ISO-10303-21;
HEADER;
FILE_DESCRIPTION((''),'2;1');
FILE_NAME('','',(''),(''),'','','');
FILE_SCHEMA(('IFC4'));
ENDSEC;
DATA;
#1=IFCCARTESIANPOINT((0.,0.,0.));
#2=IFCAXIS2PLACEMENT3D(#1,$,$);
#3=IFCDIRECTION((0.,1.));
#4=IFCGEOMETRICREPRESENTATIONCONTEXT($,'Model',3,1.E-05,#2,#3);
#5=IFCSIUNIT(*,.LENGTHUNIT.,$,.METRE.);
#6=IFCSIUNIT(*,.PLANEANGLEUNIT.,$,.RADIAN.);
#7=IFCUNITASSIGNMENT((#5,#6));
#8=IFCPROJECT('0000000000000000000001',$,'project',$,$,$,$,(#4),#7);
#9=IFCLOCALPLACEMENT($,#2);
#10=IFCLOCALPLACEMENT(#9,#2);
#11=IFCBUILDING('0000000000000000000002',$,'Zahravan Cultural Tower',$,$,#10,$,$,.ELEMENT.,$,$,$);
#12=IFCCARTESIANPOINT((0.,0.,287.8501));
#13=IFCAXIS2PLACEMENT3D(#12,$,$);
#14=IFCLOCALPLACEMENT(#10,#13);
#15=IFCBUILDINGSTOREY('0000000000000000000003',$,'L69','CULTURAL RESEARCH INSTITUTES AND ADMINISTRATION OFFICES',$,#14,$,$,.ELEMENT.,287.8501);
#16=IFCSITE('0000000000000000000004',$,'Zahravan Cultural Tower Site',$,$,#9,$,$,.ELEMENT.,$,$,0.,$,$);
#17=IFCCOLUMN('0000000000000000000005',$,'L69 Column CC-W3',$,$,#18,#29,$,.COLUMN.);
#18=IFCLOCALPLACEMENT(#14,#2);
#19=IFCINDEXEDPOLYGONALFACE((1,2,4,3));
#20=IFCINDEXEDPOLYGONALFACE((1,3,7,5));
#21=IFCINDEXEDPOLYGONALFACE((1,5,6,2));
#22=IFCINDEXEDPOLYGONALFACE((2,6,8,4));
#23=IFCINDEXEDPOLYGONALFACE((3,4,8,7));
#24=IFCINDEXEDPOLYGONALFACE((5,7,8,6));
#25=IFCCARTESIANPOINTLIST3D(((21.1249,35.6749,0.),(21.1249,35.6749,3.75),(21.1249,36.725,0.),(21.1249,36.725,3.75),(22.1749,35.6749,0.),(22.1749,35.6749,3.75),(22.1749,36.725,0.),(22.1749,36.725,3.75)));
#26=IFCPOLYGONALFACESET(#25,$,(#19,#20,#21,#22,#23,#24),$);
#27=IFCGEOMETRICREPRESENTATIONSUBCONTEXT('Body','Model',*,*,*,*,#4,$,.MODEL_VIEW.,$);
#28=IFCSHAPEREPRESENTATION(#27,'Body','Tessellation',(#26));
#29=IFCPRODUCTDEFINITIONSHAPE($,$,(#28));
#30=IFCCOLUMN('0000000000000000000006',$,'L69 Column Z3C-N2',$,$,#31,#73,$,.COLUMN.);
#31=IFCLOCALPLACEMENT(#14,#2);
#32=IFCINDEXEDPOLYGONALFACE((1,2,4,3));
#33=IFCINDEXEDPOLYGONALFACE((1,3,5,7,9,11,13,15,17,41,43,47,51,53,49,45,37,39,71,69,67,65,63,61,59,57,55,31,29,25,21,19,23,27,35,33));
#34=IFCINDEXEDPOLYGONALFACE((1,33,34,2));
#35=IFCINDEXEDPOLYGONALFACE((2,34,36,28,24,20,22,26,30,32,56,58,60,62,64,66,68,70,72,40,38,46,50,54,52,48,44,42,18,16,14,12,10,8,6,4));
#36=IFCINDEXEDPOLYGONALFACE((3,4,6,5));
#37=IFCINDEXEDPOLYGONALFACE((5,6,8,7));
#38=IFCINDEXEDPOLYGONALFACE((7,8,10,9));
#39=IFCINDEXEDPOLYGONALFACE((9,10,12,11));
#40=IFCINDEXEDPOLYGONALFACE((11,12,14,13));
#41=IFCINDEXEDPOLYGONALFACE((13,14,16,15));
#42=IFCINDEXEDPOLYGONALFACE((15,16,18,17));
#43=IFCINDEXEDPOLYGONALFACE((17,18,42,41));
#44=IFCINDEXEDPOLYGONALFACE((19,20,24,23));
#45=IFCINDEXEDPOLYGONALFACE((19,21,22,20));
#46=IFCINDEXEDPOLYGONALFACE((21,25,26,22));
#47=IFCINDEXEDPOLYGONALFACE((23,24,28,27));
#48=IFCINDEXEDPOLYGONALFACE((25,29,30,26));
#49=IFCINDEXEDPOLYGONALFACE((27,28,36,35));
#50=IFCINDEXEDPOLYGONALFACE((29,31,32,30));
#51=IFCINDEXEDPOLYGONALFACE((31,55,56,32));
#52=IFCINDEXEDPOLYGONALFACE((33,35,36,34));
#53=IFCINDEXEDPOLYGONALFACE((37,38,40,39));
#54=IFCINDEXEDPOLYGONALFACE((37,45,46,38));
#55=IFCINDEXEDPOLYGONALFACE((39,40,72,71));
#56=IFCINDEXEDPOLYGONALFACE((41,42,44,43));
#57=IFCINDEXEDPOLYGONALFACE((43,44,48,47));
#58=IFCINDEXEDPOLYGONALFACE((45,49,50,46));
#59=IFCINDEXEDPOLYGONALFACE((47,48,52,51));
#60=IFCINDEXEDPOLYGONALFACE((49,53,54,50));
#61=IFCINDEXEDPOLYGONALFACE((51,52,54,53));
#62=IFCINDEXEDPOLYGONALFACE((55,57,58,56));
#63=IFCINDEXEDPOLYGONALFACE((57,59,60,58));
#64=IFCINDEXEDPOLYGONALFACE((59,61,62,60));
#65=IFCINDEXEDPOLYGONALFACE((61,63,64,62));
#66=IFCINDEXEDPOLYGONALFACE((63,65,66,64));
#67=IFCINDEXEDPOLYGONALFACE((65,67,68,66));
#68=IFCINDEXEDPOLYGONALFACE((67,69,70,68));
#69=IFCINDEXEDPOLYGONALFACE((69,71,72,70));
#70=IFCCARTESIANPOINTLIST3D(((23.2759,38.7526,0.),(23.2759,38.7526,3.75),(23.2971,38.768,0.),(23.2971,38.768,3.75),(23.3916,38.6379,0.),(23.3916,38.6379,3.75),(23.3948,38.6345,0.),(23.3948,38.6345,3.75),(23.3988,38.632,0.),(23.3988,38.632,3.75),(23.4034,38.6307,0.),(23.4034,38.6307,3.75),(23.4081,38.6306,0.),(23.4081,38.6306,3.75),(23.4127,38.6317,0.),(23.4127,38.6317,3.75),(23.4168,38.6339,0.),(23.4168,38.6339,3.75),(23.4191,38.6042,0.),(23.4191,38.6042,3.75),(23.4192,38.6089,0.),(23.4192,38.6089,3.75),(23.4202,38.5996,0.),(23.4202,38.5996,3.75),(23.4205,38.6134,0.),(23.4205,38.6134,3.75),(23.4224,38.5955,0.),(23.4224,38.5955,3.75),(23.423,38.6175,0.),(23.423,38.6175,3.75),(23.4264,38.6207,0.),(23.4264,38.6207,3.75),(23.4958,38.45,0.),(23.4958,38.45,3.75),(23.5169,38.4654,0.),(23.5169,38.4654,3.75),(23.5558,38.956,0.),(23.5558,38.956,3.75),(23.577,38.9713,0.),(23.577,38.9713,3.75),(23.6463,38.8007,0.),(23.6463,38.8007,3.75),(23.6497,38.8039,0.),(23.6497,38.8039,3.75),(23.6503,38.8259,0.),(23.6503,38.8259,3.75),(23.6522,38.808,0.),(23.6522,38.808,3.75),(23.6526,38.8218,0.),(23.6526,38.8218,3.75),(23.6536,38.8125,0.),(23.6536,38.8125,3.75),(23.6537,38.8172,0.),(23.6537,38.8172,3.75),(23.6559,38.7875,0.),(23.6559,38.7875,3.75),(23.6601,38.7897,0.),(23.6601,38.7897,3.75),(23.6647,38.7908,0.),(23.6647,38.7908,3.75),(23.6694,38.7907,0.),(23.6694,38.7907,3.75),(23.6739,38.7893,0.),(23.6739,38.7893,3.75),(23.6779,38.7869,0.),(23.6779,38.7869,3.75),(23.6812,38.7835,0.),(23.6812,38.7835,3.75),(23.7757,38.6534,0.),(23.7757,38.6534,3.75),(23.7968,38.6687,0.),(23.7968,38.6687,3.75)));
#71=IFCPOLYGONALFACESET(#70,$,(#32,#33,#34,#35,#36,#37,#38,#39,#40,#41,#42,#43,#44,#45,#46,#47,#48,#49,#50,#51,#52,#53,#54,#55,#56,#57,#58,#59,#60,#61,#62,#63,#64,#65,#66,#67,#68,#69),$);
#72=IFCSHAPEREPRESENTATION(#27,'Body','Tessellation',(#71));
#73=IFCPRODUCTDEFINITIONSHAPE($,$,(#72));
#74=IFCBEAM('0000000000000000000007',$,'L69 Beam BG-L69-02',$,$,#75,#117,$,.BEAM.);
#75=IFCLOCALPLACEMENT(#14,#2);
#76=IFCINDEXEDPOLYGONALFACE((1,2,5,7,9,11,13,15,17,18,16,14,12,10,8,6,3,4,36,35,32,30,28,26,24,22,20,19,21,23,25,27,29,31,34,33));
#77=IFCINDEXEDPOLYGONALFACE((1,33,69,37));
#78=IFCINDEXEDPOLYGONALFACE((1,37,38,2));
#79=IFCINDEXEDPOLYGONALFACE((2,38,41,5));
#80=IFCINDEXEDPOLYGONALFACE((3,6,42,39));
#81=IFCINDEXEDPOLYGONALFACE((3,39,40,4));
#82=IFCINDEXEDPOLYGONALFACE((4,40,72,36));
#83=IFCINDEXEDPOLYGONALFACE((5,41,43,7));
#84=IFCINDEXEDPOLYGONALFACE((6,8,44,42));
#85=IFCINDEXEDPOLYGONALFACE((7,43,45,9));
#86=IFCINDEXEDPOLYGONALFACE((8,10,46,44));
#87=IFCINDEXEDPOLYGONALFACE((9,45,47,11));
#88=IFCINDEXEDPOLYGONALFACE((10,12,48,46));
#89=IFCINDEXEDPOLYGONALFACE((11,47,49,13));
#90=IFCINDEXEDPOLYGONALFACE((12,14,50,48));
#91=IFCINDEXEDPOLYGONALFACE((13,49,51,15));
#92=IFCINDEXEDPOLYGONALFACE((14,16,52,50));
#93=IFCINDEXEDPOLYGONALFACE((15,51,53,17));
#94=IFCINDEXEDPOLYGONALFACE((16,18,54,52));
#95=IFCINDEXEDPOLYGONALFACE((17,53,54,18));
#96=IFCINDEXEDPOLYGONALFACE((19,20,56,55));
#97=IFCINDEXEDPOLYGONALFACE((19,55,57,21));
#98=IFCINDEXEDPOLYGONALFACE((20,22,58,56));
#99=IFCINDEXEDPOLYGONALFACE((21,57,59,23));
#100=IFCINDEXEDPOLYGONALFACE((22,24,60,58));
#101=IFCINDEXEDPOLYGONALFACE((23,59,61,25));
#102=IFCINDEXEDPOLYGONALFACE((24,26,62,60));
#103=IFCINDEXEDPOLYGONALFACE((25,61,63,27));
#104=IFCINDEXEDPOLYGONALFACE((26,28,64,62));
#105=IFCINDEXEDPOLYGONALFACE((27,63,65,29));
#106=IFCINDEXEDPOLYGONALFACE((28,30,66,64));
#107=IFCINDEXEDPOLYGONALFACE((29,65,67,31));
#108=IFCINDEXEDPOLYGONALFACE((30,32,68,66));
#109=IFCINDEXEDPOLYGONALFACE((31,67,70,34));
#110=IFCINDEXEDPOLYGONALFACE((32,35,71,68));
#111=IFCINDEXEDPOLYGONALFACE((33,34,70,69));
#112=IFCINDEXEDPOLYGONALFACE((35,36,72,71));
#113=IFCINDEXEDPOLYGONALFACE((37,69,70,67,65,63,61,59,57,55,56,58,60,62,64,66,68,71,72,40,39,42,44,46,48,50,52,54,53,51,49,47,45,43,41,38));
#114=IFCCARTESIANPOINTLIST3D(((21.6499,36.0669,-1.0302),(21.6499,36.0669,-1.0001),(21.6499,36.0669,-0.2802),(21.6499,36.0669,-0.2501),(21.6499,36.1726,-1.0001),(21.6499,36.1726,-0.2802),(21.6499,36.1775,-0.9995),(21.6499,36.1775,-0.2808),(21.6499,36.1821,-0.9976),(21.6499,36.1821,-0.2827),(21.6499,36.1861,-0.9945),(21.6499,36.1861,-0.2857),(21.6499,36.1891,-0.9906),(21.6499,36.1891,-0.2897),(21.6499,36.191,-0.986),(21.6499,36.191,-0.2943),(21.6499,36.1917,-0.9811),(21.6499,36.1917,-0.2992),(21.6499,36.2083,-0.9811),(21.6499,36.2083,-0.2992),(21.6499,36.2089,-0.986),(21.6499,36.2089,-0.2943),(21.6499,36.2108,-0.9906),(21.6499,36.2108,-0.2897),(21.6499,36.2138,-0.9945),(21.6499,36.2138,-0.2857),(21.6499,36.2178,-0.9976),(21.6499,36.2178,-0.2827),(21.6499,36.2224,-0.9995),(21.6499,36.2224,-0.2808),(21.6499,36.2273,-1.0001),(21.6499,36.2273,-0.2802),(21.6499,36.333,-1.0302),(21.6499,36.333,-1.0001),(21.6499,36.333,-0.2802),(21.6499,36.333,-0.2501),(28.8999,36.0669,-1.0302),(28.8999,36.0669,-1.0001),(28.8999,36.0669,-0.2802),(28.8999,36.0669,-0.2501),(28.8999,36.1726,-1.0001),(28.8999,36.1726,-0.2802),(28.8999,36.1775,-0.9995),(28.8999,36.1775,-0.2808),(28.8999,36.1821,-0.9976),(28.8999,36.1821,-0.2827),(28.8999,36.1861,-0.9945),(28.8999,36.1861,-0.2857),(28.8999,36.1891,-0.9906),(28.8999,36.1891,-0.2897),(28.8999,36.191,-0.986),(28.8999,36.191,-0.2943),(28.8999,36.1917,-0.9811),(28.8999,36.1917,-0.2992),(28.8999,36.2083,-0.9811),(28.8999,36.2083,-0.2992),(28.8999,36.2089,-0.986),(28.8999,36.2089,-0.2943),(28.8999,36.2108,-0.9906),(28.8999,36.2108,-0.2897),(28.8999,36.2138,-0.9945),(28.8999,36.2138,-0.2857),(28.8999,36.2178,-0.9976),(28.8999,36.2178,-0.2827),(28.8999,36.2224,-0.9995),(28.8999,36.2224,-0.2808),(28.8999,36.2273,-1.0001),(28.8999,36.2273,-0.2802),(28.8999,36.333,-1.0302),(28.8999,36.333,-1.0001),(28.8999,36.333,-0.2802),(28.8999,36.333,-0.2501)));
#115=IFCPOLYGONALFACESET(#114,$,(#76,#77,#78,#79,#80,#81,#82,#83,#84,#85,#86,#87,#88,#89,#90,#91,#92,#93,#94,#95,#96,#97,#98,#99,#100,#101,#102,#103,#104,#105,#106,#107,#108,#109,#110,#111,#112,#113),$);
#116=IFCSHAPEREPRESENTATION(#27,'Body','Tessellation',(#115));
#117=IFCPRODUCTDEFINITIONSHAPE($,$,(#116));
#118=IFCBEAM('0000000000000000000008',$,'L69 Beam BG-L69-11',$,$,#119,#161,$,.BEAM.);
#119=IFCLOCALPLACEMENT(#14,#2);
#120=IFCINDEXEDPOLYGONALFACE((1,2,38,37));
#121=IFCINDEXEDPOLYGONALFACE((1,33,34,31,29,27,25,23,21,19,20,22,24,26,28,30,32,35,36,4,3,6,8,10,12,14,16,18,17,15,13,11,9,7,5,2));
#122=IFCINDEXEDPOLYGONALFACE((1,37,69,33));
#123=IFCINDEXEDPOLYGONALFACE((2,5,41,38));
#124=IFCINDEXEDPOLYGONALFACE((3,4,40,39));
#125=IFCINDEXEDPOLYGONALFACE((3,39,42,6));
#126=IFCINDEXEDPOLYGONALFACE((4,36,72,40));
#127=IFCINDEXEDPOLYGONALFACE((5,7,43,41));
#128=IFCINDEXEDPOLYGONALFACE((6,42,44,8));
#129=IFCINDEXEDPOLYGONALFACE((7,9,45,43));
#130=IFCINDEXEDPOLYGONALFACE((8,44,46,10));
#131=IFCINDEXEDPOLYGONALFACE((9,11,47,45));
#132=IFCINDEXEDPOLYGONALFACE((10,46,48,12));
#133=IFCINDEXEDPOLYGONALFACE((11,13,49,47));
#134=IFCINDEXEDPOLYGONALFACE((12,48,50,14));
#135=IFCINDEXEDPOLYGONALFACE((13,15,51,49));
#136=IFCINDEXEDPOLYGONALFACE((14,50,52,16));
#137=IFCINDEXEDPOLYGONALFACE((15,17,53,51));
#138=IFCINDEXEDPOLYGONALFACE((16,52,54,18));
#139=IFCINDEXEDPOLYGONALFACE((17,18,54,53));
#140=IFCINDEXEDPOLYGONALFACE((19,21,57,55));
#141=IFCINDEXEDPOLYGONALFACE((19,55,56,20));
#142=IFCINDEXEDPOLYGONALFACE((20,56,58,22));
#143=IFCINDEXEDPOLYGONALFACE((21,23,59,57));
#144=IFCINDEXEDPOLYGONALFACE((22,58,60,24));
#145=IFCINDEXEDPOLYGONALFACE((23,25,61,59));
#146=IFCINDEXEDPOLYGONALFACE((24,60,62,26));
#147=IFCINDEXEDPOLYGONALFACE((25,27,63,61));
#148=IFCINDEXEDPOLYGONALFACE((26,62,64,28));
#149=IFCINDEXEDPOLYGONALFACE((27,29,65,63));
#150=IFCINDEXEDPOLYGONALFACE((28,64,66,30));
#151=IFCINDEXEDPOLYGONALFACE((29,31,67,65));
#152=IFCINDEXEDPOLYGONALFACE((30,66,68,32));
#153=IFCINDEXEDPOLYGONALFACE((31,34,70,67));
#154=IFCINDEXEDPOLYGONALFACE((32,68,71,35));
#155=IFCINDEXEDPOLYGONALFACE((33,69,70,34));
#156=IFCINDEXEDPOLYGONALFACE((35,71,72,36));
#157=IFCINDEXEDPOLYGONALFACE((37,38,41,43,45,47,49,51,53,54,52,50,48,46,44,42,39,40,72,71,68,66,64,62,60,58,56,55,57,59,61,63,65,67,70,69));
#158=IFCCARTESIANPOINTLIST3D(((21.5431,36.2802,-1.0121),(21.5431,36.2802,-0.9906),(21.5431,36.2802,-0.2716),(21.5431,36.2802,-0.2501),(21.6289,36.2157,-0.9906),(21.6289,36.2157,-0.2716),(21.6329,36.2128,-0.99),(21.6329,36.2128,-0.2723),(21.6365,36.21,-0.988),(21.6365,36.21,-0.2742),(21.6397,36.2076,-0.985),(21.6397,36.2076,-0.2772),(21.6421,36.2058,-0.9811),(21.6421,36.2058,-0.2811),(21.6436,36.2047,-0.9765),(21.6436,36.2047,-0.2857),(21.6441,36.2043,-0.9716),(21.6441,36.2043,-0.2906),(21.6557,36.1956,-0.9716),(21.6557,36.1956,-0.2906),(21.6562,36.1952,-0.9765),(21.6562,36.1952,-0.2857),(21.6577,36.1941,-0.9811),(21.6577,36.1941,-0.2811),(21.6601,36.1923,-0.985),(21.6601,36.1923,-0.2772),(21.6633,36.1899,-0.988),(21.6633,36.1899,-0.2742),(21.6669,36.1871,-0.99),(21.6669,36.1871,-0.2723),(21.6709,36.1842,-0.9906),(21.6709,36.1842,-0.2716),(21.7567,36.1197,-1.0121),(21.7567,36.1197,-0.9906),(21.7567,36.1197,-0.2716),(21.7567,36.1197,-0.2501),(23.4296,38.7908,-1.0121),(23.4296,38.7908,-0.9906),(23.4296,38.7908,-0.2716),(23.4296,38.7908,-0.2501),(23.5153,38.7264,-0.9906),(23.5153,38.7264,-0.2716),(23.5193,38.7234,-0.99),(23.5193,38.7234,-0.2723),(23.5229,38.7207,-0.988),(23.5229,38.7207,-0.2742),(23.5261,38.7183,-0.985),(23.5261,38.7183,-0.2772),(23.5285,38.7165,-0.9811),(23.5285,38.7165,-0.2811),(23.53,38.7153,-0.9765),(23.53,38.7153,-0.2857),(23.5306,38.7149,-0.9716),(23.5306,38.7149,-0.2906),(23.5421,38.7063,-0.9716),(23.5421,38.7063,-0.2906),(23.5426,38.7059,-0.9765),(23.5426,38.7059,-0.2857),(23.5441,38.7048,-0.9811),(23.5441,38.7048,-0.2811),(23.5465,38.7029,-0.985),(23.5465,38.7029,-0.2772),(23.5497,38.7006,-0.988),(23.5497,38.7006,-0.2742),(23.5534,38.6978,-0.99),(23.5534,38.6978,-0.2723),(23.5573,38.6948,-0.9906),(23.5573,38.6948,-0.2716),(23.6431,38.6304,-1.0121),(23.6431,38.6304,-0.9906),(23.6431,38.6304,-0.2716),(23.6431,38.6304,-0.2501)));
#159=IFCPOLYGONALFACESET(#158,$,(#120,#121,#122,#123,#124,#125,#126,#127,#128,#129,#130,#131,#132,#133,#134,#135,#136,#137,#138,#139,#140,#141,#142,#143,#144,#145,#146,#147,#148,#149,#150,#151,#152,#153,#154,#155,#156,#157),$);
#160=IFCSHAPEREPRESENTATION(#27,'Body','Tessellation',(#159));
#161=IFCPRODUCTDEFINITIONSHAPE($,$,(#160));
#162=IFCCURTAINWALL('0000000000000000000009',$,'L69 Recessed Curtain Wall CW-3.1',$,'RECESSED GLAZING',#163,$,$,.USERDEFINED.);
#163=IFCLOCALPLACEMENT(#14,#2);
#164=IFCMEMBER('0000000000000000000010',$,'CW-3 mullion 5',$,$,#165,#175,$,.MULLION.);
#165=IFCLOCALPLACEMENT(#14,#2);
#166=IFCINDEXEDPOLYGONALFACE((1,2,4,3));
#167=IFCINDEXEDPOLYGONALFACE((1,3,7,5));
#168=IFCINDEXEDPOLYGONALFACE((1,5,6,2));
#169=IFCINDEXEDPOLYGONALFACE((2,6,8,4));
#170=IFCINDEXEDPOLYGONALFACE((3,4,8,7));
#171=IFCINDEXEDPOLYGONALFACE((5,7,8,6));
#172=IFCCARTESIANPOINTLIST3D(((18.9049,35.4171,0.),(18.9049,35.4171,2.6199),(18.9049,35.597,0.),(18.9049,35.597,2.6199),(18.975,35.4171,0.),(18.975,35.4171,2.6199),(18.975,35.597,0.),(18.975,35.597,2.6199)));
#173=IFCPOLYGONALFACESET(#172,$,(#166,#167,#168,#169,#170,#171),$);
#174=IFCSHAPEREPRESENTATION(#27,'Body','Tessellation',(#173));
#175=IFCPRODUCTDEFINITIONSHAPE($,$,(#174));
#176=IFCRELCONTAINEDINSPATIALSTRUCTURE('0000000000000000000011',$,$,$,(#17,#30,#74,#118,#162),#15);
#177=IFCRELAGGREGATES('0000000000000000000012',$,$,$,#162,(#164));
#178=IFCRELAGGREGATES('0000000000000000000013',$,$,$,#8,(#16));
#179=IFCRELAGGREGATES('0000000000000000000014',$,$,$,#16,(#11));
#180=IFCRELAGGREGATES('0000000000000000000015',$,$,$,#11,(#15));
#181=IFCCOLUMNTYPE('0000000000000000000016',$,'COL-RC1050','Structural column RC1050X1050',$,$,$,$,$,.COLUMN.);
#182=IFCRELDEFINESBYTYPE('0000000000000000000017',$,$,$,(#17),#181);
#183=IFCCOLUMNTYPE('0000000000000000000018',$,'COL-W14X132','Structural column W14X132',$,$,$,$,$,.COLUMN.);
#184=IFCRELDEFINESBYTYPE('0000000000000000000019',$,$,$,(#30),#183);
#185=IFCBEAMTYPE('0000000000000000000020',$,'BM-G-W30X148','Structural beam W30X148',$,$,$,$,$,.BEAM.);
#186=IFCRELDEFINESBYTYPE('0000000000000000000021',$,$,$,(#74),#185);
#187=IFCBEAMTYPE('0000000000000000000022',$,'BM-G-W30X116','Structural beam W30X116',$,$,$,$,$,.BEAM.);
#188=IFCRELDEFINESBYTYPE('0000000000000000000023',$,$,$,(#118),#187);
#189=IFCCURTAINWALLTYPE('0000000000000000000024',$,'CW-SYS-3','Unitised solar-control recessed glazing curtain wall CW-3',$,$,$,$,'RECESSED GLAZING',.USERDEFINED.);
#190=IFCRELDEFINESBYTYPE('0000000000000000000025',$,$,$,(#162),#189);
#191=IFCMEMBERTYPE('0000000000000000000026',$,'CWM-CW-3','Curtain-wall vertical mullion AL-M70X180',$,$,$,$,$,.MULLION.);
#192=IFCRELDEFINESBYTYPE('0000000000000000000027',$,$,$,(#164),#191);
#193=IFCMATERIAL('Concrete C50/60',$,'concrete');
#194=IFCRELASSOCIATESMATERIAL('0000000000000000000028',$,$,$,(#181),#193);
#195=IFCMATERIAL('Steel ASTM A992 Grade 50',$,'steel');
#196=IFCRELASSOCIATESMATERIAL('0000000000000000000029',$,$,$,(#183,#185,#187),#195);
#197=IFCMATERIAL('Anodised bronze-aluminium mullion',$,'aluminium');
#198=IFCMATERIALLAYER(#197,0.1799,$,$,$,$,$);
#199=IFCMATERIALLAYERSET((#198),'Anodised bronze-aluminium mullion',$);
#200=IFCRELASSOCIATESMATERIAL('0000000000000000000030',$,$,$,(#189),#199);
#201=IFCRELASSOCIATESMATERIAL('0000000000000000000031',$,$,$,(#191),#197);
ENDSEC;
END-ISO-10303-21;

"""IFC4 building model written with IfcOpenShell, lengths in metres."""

from ifc_helpers import new_model, si_unit, direction, frame, origin, origin_2d, place, context, subcontext, project, spatial, rectangle, i_section, extrude, source, transform, mapped, material, layer, layer_set, material_profile, profile_set, type_object, element, aggregate, save


model = new_model("IFC4")

# Units and contexts
model_context = context("Model", 3, precision=1e-05, world=origin(), true_north=direction((0.0, 1.0)))
body_context = subcontext(model_context, "Body", "Model", "MODEL_VIEW")
ifc_project = project(units=[si_unit("LENGTHUNIT", "METRE"), si_unit("PLANEANGLEUNIT", "RADIAN")], contexts=[model_context])

# Site, building, storey
site_placement = place(None, origin())
site = spatial("IfcSite", under=ifc_project, at=site_placement, Name="Zahravan Cultural Tower Site", CompositionType="ELEMENT", RefElevation=0.0)
building_placement = place(site_placement, origin())
building = spatial("IfcBuilding", under=site, at=building_placement, Name="Zahravan Cultural Tower", CompositionType="ELEMENT")
storey_placement = place(building_placement, frame((0.0, 0.0, 287.8501)))
storey = spatial("IfcBuildingStorey", under=building, at=storey_placement, Name="L69", Description="CULTURAL RESEARCH INSTITUTES AND ADMINISTRATION OFFICES", CompositionType="ELEMENT", Elevation=287.8501)

# Columns
ifc_material_1 = material(Name="Concrete C50/60", Category="concrete")
ifc_material_profile_1 = material_profile(ifc_material_1, rectangle(XDim=1.05, YDim=1.05, at=origin_2d()), Name="RC1050X1050")
ifc_profile_set_1 = profile_set([ifc_material_profile_1], Name="Concrete C50/60")
column_type_1 = type_object("IfcColumnType", Name="COL-RC1050", Description="Structural column RC1050X1050", PredefinedType="COLUMN", material=ifc_profile_set_1)
shared_shape_1 = source(origin(), body_context, "Body", "SweptSolid", [
    extrude(rectangle(XDim=1.05, YDim=1.05, at=origin_2d()), origin(), (0.0, 0.0, 1.0), 3.75),
])
column_1_placement = place(storey_placement, frame((21.6499, 36.2, 0.0), z_axis=(0.0, 0.0, 1.0), x_axis=(1.0, 0.0, 0.0)))
element("IfcColumn", 1, at=column_1_placement, inside=storey, type_object=column_type_1, Name="L69 Column CC-W3", PredefinedType="COLUMN", context=body_context, shape_type="MappedRepresentation", body=[
    mapped(shared_shape_1, transform((0.0, 0.0, 0.0), x_axis=(1.0, 0.0, 0.0), y_axis=(0.0, 1.0, 0.0), z_axis=(0.0, 0.0, 1.0), scale=1.0)),
])
ifc_material_2 = material(Name="Steel ASTM A992 Grade 50", Category="steel")
ifc_material_profile_2 = material_profile(ifc_material_2, i_section(OverallWidth=0.374, OverallDepth=0.3721, WebThickness=0.0164, FlangeThickness=0.0261, FilletRadius=0.0181, at=origin_2d()), Name="W14X132")
ifc_profile_set_2 = profile_set([ifc_material_profile_2], Name="Steel ASTM A992 Grade 50")
column_type_2 = type_object("IfcColumnType", Name="COL-W14X132", Description="Structural column W14X132", PredefinedType="COLUMN", material=ifc_profile_set_2)
shared_shape_2 = source(origin(), body_context, "Body", "SweptSolid", [
    extrude(i_section(OverallWidth=0.374, OverallDepth=0.3721, WebThickness=0.0164, FlangeThickness=0.0261, FilletRadius=0.0181, at=origin_2d()), origin(), (0.0, 0.0, 1.0), 3.75),
])
column_2_placement = place(storey_placement, frame((23.5364, 38.7107, 0.0), z_axis=(0.0, 0.0, 1.0), x_axis=(-0.587785, 0.809017, 0.0)))
element("IfcColumn", 2, at=column_2_placement, inside=storey, type_object=column_type_2, Name="L69 Column Z3C-N2", PredefinedType="COLUMN", context=body_context, shape_type="MappedRepresentation", body=[
    mapped(shared_shape_2, transform((0.0, 0.0, 0.0), x_axis=(1.0, 0.0, 0.0), y_axis=(0.0, 1.0, 0.0), z_axis=(0.0, 0.0, 1.0), scale=1.0)),
])

# Beams
ifc_material_profile_3 = material_profile(ifc_material_2, i_section(OverallWidth=0.2661, OverallDepth=0.78, WebThickness=0.0166, FlangeThickness=0.03, FilletRadius=0.019, at=origin_2d()), Name="W30X148")
ifc_profile_set_3 = profile_set([ifc_material_profile_3], Name="Steel ASTM A992 Grade 50")
beam_type_1 = type_object("IfcBeamType", Name="BM-G-W30X148", Description="Structural beam W30X148", PredefinedType="BEAM", material=ifc_profile_set_3)
shared_shape_3 = source(origin(), body_context, "Body", "SweptSolid", [
    extrude(i_section(OverallWidth=0.2661, OverallDepth=0.78, WebThickness=0.0166, FlangeThickness=0.03, FilletRadius=0.019, at=origin_2d()), origin(), (0.0, 0.0, 1.0), 7.25),
])
beam_1_placement = place(storey_placement, frame((21.6499, 36.2, -0.6401), z_axis=(1.0, 0.0, 0.0), x_axis=(0.0, 1.0, 0.0)))
element("IfcBeam", 3, at=beam_1_placement, inside=storey, type_object=beam_type_1, Name="L69 Beam BG-L69-02", PredefinedType="BEAM", context=body_context, shape_type="MappedRepresentation", body=[
    mapped(shared_shape_3, transform((0.0, 0.0, 0.0), x_axis=(1.0, 0.0, 0.0), y_axis=(0.0, 1.0, 0.0), z_axis=(0.0, 0.0, 1.0), scale=1.0)),
])
ifc_material_profile_4 = material_profile(ifc_material_2, i_section(OverallWidth=0.2671, OverallDepth=0.762, WebThickness=0.0144, FlangeThickness=0.0215, FilletRadius=0.019, at=origin_2d()), Name="W30X116")
ifc_profile_set_4 = profile_set([ifc_material_profile_4], Name="Steel ASTM A992 Grade 50")
beam_type_2 = type_object("IfcBeamType", Name="BM-G-W30X116", Description="Structural beam W30X116", PredefinedType="BEAM", material=ifc_profile_set_4)
shared_shape_4 = source(origin(), body_context, "Body", "SweptSolid", [
    extrude(i_section(OverallWidth=0.2671, OverallDepth=0.762, WebThickness=0.0144, FlangeThickness=0.0215, FilletRadius=0.019, at=origin_2d()), origin(), (0.0, 0.0, 1.0), 3.1404),
])
beam_2_placement = place(storey_placement, frame((21.6499, 36.2, -0.6311), z_axis=(0.600696, 0.799477, 0.0), x_axis=(-0.799477, 0.600696, 0.0)))
element("IfcBeam", 4, at=beam_2_placement, inside=storey, type_object=beam_type_2, Name="L69 Beam BG-L69-11", PredefinedType="BEAM", context=body_context, shape_type="MappedRepresentation", body=[
    mapped(shared_shape_4, transform((0.0, 0.0, 0.0), x_axis=(1.0, 0.0, 0.0), y_axis=(0.0, 1.0, 0.0), z_axis=(0.0, 0.0, 1.0), scale=1.0)),
])

# Curtain wall, member
ifc_material_3 = material(Name="Anodised bronze-aluminium mullion", Category="aluminium")
ifc_layer_1 = layer(ifc_material_3, 0.1799)
ifc_layer_set_1 = layer_set([ifc_layer_1], Name="Anodised bronze-aluminium mullion")
curtain_wall_type = type_object("IfcCurtainWallType", Name="CW-SYS-3", Description="Unitised solar-control recessed glazing curtain wall CW-3", ElementType="RECESSED GLAZING", PredefinedType="USERDEFINED", material=ifc_layer_set_1)
curtain_wall_placement = place(storey_placement, origin())
curtain_wall = element("IfcCurtainWall", 5, at=curtain_wall_placement, inside=storey, type_object=curtain_wall_type, Name="L69 Recessed Curtain Wall CW-3.1", ObjectType="RECESSED GLAZING", PredefinedType="USERDEFINED")
ifc_material_profile_5 = material_profile(ifc_material_3, rectangle(XDim=0.0701, YDim=0.1799, at=origin_2d()), Name="AL-M70X180")
ifc_profile_set_5 = profile_set([ifc_material_profile_5], Name="Anodised bronze-aluminium mullion")
member_type = type_object("IfcMemberType", Name="CWM-CW-3", Description="Curtain-wall vertical mullion AL-M70X180", PredefinedType="MULLION", material=ifc_profile_set_5)
shared_shape_5 = source(origin(), body_context, "Body", "SweptSolid", [
    extrude(rectangle(XDim=0.0701, YDim=0.1799, at=origin_2d()), origin(), (0.0, 0.0, 1.0), 2.6199),
])
member_placement = place(storey_placement, frame((18.9399, 35.5071, 0.0), z_axis=(0.0, 0.0, 1.0), x_axis=(-1.0, 0.0, 0.0)))
member = element("IfcMember", 6, at=member_placement, type_object=member_type, Name="CW-3 mullion 5", PredefinedType="MULLION", context=body_context, shape_type="MappedRepresentation", body=[
    mapped(shared_shape_5, transform((0.0, 0.0, 0.0), x_axis=(1.0, 0.0, 0.0), y_axis=(0.0, 1.0, 0.0), z_axis=(0.0, 0.0, 1.0), scale=1.0)),
])
aggregate(curtain_wall, [member])

save(model, "model.ifc")
